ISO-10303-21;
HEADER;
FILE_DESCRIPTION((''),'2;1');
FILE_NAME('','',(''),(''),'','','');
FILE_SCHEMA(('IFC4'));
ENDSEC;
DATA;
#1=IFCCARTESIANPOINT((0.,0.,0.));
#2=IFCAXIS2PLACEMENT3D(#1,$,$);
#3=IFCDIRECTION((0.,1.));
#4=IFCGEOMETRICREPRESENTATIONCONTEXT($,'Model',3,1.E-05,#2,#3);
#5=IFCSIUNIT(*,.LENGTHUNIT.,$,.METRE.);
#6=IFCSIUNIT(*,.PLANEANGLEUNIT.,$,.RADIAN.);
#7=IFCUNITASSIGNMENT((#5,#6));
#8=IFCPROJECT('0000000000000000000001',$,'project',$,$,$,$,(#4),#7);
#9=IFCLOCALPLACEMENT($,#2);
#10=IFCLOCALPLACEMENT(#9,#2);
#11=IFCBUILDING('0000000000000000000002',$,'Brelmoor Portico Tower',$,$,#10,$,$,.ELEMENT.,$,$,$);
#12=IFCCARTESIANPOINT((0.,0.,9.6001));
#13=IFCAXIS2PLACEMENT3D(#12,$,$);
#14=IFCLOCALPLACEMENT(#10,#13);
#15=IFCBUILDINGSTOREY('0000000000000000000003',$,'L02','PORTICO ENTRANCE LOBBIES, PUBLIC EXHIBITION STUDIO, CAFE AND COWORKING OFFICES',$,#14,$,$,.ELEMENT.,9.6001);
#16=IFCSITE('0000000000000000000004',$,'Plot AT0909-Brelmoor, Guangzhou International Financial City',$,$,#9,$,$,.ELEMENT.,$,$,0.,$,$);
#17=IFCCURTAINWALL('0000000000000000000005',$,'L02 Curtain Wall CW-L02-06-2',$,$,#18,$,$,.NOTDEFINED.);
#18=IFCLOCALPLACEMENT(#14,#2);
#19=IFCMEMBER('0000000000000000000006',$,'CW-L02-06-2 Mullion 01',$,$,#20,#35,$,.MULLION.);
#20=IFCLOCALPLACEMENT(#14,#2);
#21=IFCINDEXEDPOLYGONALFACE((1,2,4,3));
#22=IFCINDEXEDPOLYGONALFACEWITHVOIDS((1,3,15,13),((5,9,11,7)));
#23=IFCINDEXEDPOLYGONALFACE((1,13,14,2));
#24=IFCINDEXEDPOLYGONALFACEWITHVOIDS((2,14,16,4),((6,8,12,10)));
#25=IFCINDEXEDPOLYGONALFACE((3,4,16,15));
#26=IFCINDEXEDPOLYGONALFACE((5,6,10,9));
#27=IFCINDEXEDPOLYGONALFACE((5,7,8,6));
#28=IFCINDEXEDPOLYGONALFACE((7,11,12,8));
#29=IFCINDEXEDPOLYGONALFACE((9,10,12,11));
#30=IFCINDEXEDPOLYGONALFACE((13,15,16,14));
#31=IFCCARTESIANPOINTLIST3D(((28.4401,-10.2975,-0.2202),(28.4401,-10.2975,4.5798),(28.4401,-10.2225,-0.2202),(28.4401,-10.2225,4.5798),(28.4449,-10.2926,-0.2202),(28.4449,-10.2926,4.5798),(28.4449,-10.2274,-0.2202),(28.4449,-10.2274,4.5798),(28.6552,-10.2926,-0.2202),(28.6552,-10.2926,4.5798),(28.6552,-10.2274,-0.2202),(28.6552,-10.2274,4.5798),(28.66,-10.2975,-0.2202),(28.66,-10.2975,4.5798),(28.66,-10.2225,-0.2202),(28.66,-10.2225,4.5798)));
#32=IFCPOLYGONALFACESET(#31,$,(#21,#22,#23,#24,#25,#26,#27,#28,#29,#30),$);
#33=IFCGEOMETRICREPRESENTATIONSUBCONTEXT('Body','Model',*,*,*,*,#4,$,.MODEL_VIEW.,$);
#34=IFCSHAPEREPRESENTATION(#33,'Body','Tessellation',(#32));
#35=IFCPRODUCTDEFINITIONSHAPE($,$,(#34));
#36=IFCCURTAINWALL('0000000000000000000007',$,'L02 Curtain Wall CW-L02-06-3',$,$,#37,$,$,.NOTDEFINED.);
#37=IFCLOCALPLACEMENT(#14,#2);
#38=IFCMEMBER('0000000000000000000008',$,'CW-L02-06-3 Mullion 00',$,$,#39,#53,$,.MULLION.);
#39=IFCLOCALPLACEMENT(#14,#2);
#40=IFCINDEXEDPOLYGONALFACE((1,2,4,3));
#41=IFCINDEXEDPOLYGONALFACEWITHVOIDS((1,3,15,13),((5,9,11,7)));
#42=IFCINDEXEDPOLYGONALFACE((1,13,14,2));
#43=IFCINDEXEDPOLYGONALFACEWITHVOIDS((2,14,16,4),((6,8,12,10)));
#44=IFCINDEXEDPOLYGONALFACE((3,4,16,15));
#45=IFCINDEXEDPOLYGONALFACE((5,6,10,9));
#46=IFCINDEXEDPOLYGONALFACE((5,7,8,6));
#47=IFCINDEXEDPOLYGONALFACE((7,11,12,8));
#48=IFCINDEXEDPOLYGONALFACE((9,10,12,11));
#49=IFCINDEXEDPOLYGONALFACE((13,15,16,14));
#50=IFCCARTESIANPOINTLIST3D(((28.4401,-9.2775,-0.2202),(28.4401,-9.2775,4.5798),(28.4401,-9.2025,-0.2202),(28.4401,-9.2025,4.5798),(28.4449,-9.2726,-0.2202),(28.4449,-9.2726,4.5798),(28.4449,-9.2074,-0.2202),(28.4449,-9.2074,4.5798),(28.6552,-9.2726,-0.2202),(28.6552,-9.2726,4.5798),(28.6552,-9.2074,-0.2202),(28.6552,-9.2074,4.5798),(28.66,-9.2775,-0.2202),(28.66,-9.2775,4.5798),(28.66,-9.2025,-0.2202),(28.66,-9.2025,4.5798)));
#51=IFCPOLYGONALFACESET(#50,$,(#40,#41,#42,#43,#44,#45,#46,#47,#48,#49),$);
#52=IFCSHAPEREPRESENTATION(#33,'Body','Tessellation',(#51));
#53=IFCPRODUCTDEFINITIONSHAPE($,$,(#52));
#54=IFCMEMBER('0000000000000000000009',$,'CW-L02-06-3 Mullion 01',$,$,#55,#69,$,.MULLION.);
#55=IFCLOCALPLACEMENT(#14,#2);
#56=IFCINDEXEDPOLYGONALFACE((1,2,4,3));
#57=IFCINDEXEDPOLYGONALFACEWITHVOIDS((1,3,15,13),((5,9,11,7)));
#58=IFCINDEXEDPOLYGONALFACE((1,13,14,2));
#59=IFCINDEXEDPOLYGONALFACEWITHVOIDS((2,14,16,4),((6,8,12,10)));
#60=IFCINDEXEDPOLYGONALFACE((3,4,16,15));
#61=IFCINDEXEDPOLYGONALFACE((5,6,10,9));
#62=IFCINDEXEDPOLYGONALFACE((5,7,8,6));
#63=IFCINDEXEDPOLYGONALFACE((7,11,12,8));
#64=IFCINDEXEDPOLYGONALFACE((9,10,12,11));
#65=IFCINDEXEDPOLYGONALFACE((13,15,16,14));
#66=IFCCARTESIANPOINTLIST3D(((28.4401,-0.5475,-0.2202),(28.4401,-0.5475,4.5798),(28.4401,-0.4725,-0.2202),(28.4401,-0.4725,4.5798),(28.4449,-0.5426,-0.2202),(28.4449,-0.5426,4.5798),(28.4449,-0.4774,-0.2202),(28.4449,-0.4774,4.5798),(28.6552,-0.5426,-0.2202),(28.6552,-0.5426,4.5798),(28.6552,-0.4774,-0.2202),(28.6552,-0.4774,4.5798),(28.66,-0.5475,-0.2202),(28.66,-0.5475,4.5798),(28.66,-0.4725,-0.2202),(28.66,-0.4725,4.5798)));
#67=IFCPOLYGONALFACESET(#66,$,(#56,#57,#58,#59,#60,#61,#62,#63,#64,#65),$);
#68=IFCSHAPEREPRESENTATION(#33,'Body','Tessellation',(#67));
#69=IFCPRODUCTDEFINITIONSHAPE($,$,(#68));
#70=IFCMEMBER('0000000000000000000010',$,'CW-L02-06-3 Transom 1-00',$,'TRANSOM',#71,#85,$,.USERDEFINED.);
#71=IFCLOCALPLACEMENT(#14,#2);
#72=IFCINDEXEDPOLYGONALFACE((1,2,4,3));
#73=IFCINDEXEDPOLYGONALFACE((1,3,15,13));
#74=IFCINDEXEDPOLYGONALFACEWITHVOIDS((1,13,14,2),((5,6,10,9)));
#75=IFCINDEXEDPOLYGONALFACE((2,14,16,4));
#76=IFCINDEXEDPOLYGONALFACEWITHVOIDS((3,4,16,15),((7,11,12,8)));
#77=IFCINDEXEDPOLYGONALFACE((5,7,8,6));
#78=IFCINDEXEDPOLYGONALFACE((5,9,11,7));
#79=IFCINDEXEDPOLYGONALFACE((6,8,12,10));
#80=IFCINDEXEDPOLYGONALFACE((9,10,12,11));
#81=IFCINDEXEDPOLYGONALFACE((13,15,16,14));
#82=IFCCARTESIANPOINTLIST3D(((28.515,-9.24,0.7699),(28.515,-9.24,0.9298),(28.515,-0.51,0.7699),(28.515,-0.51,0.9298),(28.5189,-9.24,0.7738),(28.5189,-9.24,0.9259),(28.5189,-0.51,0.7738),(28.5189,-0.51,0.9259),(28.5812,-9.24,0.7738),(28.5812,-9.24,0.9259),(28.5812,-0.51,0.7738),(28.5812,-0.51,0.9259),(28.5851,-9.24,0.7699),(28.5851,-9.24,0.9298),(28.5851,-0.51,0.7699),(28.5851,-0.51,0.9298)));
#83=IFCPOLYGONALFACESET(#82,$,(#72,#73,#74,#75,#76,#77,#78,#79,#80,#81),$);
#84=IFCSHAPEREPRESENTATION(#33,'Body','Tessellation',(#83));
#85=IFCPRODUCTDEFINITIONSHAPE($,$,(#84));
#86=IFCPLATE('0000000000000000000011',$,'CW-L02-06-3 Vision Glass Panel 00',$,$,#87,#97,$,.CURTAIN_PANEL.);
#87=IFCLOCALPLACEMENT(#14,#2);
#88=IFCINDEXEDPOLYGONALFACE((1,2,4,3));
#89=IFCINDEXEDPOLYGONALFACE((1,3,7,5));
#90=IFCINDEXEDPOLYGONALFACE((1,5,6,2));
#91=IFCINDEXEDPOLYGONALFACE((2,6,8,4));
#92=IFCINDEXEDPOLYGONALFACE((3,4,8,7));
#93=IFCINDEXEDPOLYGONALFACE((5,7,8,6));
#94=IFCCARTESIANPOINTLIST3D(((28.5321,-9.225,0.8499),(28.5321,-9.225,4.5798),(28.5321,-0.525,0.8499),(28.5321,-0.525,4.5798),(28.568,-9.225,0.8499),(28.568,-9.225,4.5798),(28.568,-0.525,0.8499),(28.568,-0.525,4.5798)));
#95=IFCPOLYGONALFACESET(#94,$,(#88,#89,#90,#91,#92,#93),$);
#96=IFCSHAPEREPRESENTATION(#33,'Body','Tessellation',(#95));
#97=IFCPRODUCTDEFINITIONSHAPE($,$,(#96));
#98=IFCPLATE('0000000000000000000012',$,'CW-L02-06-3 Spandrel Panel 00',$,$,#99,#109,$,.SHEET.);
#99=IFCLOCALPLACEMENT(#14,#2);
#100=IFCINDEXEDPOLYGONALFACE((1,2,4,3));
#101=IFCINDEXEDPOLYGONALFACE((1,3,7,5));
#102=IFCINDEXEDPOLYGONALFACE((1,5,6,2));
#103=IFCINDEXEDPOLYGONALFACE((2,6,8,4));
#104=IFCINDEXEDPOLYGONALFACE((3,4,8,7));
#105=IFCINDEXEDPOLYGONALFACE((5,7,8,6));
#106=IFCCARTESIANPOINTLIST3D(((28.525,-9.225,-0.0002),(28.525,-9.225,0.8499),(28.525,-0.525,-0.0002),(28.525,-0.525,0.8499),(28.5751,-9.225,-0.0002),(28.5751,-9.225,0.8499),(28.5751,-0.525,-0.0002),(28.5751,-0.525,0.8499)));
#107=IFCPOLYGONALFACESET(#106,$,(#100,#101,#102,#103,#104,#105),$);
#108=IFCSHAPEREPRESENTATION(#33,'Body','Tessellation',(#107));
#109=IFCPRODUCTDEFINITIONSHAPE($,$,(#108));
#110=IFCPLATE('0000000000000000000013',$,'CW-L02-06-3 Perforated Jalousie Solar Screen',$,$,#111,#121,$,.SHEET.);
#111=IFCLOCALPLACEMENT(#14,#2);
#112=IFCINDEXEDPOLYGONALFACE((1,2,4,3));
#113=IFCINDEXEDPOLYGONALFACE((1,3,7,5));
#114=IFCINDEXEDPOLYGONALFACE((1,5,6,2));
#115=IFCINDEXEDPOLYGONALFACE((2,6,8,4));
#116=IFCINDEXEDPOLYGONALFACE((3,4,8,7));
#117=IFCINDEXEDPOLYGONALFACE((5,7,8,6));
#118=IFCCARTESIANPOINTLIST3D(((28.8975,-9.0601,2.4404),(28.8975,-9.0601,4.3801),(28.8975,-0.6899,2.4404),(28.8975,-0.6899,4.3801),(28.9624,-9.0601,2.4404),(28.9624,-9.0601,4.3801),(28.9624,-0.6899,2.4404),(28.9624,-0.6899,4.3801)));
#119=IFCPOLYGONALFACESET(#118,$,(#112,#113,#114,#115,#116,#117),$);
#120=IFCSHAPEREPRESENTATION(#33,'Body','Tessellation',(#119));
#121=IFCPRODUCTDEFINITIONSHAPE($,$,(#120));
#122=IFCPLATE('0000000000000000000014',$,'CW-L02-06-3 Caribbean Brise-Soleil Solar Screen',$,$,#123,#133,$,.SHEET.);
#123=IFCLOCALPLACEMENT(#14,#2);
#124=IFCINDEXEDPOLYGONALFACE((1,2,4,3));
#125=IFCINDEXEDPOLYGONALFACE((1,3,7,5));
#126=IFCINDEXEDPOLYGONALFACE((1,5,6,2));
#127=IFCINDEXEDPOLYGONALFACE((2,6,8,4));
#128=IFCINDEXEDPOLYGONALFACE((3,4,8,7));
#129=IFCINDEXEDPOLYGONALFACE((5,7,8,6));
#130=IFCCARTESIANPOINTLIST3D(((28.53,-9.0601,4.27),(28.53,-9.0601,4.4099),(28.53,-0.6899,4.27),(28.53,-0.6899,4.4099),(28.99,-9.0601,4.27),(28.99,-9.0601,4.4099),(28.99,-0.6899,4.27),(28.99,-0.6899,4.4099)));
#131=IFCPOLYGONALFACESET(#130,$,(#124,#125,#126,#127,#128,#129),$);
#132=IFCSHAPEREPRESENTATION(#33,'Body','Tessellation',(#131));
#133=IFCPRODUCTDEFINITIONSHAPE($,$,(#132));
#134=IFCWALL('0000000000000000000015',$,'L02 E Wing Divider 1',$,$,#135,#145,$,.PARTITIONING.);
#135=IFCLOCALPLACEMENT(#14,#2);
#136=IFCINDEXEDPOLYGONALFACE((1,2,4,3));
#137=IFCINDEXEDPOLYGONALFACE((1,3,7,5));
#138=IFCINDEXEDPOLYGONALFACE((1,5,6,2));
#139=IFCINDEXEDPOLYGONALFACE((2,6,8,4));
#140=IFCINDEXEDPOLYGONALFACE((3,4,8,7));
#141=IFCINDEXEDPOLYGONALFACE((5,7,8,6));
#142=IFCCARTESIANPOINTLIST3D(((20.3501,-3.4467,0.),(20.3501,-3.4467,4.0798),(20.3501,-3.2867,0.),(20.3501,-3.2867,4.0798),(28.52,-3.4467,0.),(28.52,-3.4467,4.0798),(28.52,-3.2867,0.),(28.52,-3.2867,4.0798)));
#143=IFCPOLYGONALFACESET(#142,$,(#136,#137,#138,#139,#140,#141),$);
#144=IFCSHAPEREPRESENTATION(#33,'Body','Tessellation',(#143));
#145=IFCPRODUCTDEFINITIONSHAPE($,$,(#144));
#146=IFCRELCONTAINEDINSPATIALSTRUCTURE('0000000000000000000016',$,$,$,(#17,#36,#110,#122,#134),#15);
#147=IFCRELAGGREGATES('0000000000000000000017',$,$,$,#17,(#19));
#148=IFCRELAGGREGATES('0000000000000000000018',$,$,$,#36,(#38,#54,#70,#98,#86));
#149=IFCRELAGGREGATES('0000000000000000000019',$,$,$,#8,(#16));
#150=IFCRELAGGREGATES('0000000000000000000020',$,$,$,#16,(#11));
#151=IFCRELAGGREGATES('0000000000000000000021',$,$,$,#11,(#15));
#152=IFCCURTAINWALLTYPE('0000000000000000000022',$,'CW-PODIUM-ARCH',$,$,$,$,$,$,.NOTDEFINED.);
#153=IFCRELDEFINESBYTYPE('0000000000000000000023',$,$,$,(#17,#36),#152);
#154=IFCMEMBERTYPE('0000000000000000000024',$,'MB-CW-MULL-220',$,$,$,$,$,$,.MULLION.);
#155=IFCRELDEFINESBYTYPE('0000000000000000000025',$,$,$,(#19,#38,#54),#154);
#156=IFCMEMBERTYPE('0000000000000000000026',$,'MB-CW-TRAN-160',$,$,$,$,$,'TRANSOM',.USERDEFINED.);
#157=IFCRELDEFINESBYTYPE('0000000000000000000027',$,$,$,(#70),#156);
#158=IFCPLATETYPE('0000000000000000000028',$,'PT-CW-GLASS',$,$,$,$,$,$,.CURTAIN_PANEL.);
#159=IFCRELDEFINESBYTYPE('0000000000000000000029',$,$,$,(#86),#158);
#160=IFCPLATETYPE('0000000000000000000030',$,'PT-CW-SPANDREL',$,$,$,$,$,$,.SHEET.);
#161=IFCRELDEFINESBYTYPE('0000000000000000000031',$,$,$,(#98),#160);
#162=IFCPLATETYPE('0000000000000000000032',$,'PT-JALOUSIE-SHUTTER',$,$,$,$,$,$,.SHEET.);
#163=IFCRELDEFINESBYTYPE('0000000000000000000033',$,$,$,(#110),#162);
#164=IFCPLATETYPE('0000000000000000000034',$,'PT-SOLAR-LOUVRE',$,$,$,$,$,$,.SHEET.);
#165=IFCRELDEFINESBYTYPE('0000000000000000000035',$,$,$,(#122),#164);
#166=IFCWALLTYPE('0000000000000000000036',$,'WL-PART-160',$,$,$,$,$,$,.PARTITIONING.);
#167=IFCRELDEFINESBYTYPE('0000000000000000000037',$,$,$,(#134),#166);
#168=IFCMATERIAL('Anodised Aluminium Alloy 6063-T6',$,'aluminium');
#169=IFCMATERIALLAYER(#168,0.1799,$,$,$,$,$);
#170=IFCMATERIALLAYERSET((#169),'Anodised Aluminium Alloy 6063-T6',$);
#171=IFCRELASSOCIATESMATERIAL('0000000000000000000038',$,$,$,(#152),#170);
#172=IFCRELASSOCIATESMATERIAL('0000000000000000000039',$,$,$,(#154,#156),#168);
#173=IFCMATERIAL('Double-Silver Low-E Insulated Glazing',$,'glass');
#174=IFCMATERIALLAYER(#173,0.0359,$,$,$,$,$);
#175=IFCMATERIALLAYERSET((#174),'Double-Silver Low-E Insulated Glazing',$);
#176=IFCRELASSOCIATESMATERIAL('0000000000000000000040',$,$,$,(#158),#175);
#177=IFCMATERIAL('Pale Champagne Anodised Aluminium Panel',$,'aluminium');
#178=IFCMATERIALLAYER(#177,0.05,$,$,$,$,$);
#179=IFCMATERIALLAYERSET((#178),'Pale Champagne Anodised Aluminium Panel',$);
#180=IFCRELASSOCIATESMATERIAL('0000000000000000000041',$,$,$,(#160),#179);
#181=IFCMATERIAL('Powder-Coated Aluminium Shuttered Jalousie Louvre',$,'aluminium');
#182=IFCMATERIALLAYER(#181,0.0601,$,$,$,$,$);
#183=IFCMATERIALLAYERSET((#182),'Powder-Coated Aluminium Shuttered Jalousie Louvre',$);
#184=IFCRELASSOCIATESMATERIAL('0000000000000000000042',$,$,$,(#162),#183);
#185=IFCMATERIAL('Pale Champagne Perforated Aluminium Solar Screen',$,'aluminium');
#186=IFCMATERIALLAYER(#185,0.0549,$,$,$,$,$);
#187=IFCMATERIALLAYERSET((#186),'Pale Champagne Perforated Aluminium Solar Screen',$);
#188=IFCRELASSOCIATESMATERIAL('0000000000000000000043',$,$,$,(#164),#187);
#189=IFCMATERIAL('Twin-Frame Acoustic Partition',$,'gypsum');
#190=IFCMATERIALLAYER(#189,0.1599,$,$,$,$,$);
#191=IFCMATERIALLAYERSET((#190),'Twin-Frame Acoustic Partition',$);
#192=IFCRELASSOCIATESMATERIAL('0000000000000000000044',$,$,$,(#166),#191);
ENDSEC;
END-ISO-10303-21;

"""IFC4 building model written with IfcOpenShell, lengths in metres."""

from ifc_helpers import new_model, si_unit, direction, frame, frame_2d, origin, origin_2d, place, context, subcontext, project, spatial, rectangle, hollow_rectangle, extrude, material, layer, layer_set, material_profile, profile_set, type_object, element, aggregate, save


model = new_model("IFC4")

# Units and contexts
model_context = context("Model", 3, precision=1e-05, world=origin(), true_north=direction((0.0, 1.0)))
body_context = subcontext(model_context, "Body", "Model", "MODEL_VIEW")
ifc_project = project(units=[si_unit("LENGTHUNIT", "METRE"), si_unit("PLANEANGLEUNIT", "RADIAN")], contexts=[model_context])

# Site, building, storey
site_placement = place(None, origin())
site = spatial("IfcSite", under=ifc_project, at=site_placement, Name="Plot AT0909-Brelmoor, Guangzhou International Financial City", CompositionType="ELEMENT", RefElevation=0.0)
building_placement = place(site_placement, origin())
building = spatial("IfcBuilding", under=site, at=building_placement, Name="Brelmoor Portico Tower", CompositionType="ELEMENT")
storey_placement = place(building_placement, frame((0.0, 0.0, 9.6001)))
storey = spatial("IfcBuildingStorey", under=building, at=storey_placement, Name="L02", Description="PORTICO ENTRANCE LOBBIES, PUBLIC EXHIBITION STUDIO, CAFE AND COWORKING OFFICES", CompositionType="ELEMENT", Elevation=9.6001)

# Curtain wall, member
ifc_material_1 = material(Name="Anodised Aluminium Alloy 6063-T6", Category="aluminium")
ifc_layer_1 = layer(ifc_material_1, 0.1799)
ifc_layer_set_1 = layer_set([ifc_layer_1], Name="Anodised Aluminium Alloy 6063-T6")
curtain_wall_type = type_object("IfcCurtainWallType", Name="CW-PODIUM-ARCH", PredefinedType="NOTDEFINED", material=ifc_layer_set_1)
curtain_wall_1_placement = place(storey_placement, origin())
curtain_wall_1 = element("IfcCurtainWall", 1, at=curtain_wall_1_placement, inside=storey, type_object=curtain_wall_type, Name="L02 Curtain Wall CW-L02-06-2", PredefinedType="NOTDEFINED")
ifc_material_profile_1 = material_profile(ifc_material_1, hollow_rectangle(XDim=0.075, YDim=0.22, WallThickness=0.0049, at=origin_2d()), Name="ALU MULLION 75x220")
ifc_profile_set_1 = profile_set([ifc_material_profile_1], Name="Anodised Aluminium Alloy 6063-T6")
member_type_1 = type_object("IfcMemberType", Name="MB-CW-MULL-220", PredefinedType="MULLION", material=ifc_profile_set_1)
member_1_placement = place(storey_placement, frame((28.55, -10.26, -0.2202), z_axis=(0.0, 0.0, 1.0), x_axis=(0.0, 1.0, 0.0)))
member_1 = element("IfcMember", 2, at=member_1_placement, type_object=member_type_1, Name="CW-L02-06-2 Mullion 01", PredefinedType="MULLION", context=body_context, shape_type="SweptSolid", body=[
    extrude(hollow_rectangle(XDim=0.075, YDim=0.22, WallThickness=0.0049, at=origin_2d()), origin(), (0.0, 0.0, 1.0), 4.8),
])
aggregate(curtain_wall_1, [member_1])

# Curtain wall, members, plates
curtain_wall_2_placement = place(storey_placement, origin())
curtain_wall_2 = element("IfcCurtainWall", 3, at=curtain_wall_2_placement, inside=storey, type_object=curtain_wall_type, Name="L02 Curtain Wall CW-L02-06-3", PredefinedType="NOTDEFINED")
member_2_placement = place(storey_placement, frame((28.55, -9.24, -0.2202), z_axis=(0.0, 0.0, 1.0), x_axis=(0.0, 1.0, 0.0)))
member_2 = element("IfcMember", 4, at=member_2_placement, type_object=member_type_1, Name="CW-L02-06-3 Mullion 00", PredefinedType="MULLION", context=body_context, shape_type="SweptSolid", body=[
    extrude(hollow_rectangle(XDim=0.075, YDim=0.22, WallThickness=0.0049, at=origin_2d()), origin(), (0.0, 0.0, 1.0), 4.8),
])
member_3_placement = place(storey_placement, frame((28.55, -0.51, -0.2202), z_axis=(0.0, 0.0, 1.0), x_axis=(0.0, 1.0, 0.0)))
member_3 = element("IfcMember", 5, at=member_3_placement, type_object=member_type_1, Name="CW-L02-06-3 Mullion 01", PredefinedType="MULLION", context=body_context, shape_type="SweptSolid", body=[
    extrude(hollow_rectangle(XDim=0.075, YDim=0.22, WallThickness=0.0049, at=origin_2d()), origin(), (0.0, 0.0, 1.0), 4.8),
])
ifc_material_profile_2 = material_profile(ifc_material_1, hollow_rectangle(XDim=0.0701, YDim=0.1599, WallThickness=0.0039, at=origin_2d()), Name="ALU TRANSOM 70x160")
ifc_profile_set_2 = profile_set([ifc_material_profile_2], Name="Anodised Aluminium Alloy 6063-T6")
member_type_2 = type_object("IfcMemberType", Name="MB-CW-TRAN-160", ElementType="TRANSOM", PredefinedType="USERDEFINED", material=ifc_profile_set_2)
member_4_placement = place(storey_placement, frame((28.55, -9.24, 0.8499), z_axis=(0.0, 1.0, 0.0), x_axis=(-1.0, 0.0, 0.0)))
member_4 = element("IfcMember", 6, at=member_4_placement, type_object=member_type_2, Name="CW-L02-06-3 Transom 1-00", ObjectType="TRANSOM", PredefinedType="USERDEFINED", context=body_context, shape_type="SweptSolid", body=[
    extrude(hollow_rectangle(XDim=0.0701, YDim=0.1599, WallThickness=0.0039, at=origin_2d()), origin(), (0.0, 0.0, 1.0), 8.73),
])
ifc_material_2 = material(Name="Double-Silver Low-E Insulated Glazing", Category="glass")
ifc_layer_2 = layer(ifc_material_2, 0.0359)
ifc_layer_set_2 = layer_set([ifc_layer_2], Name="Double-Silver Low-E Insulated Glazing")
plate_type_1 = type_object("IfcPlateType", Name="PT-CW-GLASS", PredefinedType="CURTAIN_PANEL", material=ifc_layer_set_2)
plate_1_placement = place(storey_placement, frame((28.55, -4.875, 0.8499), z_axis=(0.0, 0.0, 1.0), x_axis=(0.0, 1.0, 0.0)))
plate_1 = element("IfcPlate", 7, at=plate_1_placement, type_object=plate_type_1, Name="CW-L02-06-3 Vision Glass Panel 00", PredefinedType="CURTAIN_PANEL", context=body_context, shape_type="SweptSolid", body=[
    extrude(rectangle(XDim=8.7, YDim=0.0359, at=origin_2d()), origin(), (0.0, 0.0, 1.0), 3.73),
])
ifc_material_3 = material(Name="Pale Champagne Anodised Aluminium Panel", Category="aluminium")
ifc_layer_3 = layer(ifc_material_3, 0.05)
ifc_layer_set_3 = layer_set([ifc_layer_3], Name="Pale Champagne Anodised Aluminium Panel")
plate_type_2 = type_object("IfcPlateType", Name="PT-CW-SPANDREL", PredefinedType="SHEET", material=ifc_layer_set_3)
plate_2_placement = place(storey_placement, frame((28.55, -4.875, -0.0002), z_axis=(0.0, 0.0, 1.0), x_axis=(0.0, 1.0, 0.0)))
plate_2 = element("IfcPlate", 8, at=plate_2_placement, type_object=plate_type_2, Name="CW-L02-06-3 Spandrel Panel 00", PredefinedType="SHEET", context=body_context, shape_type="SweptSolid", body=[
    extrude(rectangle(XDim=8.7, YDim=0.05, at=origin_2d()), origin(), (0.0, 0.0, 1.0), 0.8501),
])
aggregate(curtain_wall_2, [member_2, member_3, member_4, plate_2, plate_1])

# Plates
ifc_material_4 = material(Name="Powder-Coated Aluminium Shuttered Jalousie Louvre", Category="aluminium")
ifc_layer_4 = layer(ifc_material_4, 0.0601)
ifc_layer_set_4 = layer_set([ifc_layer_4], Name="Powder-Coated Aluminium Shuttered Jalousie Louvre")
plate_type_3 = type_object("IfcPlateType", Name="PT-JALOUSIE-SHUTTER", PredefinedType="SHEET", material=ifc_layer_set_4)
plate_3_placement = place(storey_placement, frame((28.9299, -4.875, 2.4404), z_axis=(0.0, 0.0, 1.0), x_axis=(0.0, 1.0, 0.0)))
element("IfcPlate", 9, at=plate_3_placement, inside=storey, type_object=plate_type_3, Name="CW-L02-06-3 Perforated Jalousie Solar Screen", PredefinedType="SHEET", context=body_context, shape_type="SweptSolid", body=[
    extrude(rectangle(XDim=8.3701, YDim=0.0649, at=origin_2d()), origin(), (0.0, 0.0, 1.0), 1.9397),
])
ifc_material_5 = material(Name="Pale Champagne Perforated Aluminium Solar Screen", Category="aluminium")
ifc_layer_5 = layer(ifc_material_5, 0.0549)
ifc_layer_set_5 = layer_set([ifc_layer_5], Name="Pale Champagne Perforated Aluminium Solar Screen")
plate_type_4 = type_object("IfcPlateType", Name="PT-SOLAR-LOUVRE", PredefinedType="SHEET", material=ifc_layer_set_5)
plate_4_placement = place(storey_placement, frame((28.76, -4.875, 4.27), z_axis=(0.0, 0.0, 1.0), x_axis=(0.0, 1.0, 0.0)))
element("IfcPlate", 10, at=plate_4_placement, inside=storey, type_object=plate_type_4, Name="CW-L02-06-3 Caribbean Brise-Soleil Solar Screen", PredefinedType="SHEET", context=body_context, shape_type="SweptSolid", body=[
    extrude(rectangle(XDim=8.3701, YDim=0.46, at=origin_2d()), origin(), (0.0, 0.0, 1.0), 0.1399),
])

# Wall
ifc_material_6 = material(Name="Twin-Frame Acoustic Partition", Category="gypsum")
ifc_layer_6 = layer(ifc_material_6, 0.1599)
ifc_layer_set_6 = layer_set([ifc_layer_6], Name="Twin-Frame Acoustic Partition")
wall_type = type_object("IfcWallType", Name="WL-PART-160", PredefinedType="PARTITIONING", material=ifc_layer_set_6)
wall_placement = place(storey_placement, frame((20.3501, -3.3667, 0.0), z_axis=(0.0, 0.0, 1.0), x_axis=(1.0, 0.0, 0.0)))
element("IfcWall", 11, at=wall_placement, inside=storey, type_object=wall_type, Name="L02 E Wing Divider 1", PredefinedType="PARTITIONING", context=body_context, shape_type="SweptSolid", body=[
    extrude(rectangle(XDim=8.1699, YDim=0.1599, at=frame_2d((4.085, 0.0))), origin(), (0.0, 0.0, 1.0), 4.0798),
])

save(model, "model.ifc")
